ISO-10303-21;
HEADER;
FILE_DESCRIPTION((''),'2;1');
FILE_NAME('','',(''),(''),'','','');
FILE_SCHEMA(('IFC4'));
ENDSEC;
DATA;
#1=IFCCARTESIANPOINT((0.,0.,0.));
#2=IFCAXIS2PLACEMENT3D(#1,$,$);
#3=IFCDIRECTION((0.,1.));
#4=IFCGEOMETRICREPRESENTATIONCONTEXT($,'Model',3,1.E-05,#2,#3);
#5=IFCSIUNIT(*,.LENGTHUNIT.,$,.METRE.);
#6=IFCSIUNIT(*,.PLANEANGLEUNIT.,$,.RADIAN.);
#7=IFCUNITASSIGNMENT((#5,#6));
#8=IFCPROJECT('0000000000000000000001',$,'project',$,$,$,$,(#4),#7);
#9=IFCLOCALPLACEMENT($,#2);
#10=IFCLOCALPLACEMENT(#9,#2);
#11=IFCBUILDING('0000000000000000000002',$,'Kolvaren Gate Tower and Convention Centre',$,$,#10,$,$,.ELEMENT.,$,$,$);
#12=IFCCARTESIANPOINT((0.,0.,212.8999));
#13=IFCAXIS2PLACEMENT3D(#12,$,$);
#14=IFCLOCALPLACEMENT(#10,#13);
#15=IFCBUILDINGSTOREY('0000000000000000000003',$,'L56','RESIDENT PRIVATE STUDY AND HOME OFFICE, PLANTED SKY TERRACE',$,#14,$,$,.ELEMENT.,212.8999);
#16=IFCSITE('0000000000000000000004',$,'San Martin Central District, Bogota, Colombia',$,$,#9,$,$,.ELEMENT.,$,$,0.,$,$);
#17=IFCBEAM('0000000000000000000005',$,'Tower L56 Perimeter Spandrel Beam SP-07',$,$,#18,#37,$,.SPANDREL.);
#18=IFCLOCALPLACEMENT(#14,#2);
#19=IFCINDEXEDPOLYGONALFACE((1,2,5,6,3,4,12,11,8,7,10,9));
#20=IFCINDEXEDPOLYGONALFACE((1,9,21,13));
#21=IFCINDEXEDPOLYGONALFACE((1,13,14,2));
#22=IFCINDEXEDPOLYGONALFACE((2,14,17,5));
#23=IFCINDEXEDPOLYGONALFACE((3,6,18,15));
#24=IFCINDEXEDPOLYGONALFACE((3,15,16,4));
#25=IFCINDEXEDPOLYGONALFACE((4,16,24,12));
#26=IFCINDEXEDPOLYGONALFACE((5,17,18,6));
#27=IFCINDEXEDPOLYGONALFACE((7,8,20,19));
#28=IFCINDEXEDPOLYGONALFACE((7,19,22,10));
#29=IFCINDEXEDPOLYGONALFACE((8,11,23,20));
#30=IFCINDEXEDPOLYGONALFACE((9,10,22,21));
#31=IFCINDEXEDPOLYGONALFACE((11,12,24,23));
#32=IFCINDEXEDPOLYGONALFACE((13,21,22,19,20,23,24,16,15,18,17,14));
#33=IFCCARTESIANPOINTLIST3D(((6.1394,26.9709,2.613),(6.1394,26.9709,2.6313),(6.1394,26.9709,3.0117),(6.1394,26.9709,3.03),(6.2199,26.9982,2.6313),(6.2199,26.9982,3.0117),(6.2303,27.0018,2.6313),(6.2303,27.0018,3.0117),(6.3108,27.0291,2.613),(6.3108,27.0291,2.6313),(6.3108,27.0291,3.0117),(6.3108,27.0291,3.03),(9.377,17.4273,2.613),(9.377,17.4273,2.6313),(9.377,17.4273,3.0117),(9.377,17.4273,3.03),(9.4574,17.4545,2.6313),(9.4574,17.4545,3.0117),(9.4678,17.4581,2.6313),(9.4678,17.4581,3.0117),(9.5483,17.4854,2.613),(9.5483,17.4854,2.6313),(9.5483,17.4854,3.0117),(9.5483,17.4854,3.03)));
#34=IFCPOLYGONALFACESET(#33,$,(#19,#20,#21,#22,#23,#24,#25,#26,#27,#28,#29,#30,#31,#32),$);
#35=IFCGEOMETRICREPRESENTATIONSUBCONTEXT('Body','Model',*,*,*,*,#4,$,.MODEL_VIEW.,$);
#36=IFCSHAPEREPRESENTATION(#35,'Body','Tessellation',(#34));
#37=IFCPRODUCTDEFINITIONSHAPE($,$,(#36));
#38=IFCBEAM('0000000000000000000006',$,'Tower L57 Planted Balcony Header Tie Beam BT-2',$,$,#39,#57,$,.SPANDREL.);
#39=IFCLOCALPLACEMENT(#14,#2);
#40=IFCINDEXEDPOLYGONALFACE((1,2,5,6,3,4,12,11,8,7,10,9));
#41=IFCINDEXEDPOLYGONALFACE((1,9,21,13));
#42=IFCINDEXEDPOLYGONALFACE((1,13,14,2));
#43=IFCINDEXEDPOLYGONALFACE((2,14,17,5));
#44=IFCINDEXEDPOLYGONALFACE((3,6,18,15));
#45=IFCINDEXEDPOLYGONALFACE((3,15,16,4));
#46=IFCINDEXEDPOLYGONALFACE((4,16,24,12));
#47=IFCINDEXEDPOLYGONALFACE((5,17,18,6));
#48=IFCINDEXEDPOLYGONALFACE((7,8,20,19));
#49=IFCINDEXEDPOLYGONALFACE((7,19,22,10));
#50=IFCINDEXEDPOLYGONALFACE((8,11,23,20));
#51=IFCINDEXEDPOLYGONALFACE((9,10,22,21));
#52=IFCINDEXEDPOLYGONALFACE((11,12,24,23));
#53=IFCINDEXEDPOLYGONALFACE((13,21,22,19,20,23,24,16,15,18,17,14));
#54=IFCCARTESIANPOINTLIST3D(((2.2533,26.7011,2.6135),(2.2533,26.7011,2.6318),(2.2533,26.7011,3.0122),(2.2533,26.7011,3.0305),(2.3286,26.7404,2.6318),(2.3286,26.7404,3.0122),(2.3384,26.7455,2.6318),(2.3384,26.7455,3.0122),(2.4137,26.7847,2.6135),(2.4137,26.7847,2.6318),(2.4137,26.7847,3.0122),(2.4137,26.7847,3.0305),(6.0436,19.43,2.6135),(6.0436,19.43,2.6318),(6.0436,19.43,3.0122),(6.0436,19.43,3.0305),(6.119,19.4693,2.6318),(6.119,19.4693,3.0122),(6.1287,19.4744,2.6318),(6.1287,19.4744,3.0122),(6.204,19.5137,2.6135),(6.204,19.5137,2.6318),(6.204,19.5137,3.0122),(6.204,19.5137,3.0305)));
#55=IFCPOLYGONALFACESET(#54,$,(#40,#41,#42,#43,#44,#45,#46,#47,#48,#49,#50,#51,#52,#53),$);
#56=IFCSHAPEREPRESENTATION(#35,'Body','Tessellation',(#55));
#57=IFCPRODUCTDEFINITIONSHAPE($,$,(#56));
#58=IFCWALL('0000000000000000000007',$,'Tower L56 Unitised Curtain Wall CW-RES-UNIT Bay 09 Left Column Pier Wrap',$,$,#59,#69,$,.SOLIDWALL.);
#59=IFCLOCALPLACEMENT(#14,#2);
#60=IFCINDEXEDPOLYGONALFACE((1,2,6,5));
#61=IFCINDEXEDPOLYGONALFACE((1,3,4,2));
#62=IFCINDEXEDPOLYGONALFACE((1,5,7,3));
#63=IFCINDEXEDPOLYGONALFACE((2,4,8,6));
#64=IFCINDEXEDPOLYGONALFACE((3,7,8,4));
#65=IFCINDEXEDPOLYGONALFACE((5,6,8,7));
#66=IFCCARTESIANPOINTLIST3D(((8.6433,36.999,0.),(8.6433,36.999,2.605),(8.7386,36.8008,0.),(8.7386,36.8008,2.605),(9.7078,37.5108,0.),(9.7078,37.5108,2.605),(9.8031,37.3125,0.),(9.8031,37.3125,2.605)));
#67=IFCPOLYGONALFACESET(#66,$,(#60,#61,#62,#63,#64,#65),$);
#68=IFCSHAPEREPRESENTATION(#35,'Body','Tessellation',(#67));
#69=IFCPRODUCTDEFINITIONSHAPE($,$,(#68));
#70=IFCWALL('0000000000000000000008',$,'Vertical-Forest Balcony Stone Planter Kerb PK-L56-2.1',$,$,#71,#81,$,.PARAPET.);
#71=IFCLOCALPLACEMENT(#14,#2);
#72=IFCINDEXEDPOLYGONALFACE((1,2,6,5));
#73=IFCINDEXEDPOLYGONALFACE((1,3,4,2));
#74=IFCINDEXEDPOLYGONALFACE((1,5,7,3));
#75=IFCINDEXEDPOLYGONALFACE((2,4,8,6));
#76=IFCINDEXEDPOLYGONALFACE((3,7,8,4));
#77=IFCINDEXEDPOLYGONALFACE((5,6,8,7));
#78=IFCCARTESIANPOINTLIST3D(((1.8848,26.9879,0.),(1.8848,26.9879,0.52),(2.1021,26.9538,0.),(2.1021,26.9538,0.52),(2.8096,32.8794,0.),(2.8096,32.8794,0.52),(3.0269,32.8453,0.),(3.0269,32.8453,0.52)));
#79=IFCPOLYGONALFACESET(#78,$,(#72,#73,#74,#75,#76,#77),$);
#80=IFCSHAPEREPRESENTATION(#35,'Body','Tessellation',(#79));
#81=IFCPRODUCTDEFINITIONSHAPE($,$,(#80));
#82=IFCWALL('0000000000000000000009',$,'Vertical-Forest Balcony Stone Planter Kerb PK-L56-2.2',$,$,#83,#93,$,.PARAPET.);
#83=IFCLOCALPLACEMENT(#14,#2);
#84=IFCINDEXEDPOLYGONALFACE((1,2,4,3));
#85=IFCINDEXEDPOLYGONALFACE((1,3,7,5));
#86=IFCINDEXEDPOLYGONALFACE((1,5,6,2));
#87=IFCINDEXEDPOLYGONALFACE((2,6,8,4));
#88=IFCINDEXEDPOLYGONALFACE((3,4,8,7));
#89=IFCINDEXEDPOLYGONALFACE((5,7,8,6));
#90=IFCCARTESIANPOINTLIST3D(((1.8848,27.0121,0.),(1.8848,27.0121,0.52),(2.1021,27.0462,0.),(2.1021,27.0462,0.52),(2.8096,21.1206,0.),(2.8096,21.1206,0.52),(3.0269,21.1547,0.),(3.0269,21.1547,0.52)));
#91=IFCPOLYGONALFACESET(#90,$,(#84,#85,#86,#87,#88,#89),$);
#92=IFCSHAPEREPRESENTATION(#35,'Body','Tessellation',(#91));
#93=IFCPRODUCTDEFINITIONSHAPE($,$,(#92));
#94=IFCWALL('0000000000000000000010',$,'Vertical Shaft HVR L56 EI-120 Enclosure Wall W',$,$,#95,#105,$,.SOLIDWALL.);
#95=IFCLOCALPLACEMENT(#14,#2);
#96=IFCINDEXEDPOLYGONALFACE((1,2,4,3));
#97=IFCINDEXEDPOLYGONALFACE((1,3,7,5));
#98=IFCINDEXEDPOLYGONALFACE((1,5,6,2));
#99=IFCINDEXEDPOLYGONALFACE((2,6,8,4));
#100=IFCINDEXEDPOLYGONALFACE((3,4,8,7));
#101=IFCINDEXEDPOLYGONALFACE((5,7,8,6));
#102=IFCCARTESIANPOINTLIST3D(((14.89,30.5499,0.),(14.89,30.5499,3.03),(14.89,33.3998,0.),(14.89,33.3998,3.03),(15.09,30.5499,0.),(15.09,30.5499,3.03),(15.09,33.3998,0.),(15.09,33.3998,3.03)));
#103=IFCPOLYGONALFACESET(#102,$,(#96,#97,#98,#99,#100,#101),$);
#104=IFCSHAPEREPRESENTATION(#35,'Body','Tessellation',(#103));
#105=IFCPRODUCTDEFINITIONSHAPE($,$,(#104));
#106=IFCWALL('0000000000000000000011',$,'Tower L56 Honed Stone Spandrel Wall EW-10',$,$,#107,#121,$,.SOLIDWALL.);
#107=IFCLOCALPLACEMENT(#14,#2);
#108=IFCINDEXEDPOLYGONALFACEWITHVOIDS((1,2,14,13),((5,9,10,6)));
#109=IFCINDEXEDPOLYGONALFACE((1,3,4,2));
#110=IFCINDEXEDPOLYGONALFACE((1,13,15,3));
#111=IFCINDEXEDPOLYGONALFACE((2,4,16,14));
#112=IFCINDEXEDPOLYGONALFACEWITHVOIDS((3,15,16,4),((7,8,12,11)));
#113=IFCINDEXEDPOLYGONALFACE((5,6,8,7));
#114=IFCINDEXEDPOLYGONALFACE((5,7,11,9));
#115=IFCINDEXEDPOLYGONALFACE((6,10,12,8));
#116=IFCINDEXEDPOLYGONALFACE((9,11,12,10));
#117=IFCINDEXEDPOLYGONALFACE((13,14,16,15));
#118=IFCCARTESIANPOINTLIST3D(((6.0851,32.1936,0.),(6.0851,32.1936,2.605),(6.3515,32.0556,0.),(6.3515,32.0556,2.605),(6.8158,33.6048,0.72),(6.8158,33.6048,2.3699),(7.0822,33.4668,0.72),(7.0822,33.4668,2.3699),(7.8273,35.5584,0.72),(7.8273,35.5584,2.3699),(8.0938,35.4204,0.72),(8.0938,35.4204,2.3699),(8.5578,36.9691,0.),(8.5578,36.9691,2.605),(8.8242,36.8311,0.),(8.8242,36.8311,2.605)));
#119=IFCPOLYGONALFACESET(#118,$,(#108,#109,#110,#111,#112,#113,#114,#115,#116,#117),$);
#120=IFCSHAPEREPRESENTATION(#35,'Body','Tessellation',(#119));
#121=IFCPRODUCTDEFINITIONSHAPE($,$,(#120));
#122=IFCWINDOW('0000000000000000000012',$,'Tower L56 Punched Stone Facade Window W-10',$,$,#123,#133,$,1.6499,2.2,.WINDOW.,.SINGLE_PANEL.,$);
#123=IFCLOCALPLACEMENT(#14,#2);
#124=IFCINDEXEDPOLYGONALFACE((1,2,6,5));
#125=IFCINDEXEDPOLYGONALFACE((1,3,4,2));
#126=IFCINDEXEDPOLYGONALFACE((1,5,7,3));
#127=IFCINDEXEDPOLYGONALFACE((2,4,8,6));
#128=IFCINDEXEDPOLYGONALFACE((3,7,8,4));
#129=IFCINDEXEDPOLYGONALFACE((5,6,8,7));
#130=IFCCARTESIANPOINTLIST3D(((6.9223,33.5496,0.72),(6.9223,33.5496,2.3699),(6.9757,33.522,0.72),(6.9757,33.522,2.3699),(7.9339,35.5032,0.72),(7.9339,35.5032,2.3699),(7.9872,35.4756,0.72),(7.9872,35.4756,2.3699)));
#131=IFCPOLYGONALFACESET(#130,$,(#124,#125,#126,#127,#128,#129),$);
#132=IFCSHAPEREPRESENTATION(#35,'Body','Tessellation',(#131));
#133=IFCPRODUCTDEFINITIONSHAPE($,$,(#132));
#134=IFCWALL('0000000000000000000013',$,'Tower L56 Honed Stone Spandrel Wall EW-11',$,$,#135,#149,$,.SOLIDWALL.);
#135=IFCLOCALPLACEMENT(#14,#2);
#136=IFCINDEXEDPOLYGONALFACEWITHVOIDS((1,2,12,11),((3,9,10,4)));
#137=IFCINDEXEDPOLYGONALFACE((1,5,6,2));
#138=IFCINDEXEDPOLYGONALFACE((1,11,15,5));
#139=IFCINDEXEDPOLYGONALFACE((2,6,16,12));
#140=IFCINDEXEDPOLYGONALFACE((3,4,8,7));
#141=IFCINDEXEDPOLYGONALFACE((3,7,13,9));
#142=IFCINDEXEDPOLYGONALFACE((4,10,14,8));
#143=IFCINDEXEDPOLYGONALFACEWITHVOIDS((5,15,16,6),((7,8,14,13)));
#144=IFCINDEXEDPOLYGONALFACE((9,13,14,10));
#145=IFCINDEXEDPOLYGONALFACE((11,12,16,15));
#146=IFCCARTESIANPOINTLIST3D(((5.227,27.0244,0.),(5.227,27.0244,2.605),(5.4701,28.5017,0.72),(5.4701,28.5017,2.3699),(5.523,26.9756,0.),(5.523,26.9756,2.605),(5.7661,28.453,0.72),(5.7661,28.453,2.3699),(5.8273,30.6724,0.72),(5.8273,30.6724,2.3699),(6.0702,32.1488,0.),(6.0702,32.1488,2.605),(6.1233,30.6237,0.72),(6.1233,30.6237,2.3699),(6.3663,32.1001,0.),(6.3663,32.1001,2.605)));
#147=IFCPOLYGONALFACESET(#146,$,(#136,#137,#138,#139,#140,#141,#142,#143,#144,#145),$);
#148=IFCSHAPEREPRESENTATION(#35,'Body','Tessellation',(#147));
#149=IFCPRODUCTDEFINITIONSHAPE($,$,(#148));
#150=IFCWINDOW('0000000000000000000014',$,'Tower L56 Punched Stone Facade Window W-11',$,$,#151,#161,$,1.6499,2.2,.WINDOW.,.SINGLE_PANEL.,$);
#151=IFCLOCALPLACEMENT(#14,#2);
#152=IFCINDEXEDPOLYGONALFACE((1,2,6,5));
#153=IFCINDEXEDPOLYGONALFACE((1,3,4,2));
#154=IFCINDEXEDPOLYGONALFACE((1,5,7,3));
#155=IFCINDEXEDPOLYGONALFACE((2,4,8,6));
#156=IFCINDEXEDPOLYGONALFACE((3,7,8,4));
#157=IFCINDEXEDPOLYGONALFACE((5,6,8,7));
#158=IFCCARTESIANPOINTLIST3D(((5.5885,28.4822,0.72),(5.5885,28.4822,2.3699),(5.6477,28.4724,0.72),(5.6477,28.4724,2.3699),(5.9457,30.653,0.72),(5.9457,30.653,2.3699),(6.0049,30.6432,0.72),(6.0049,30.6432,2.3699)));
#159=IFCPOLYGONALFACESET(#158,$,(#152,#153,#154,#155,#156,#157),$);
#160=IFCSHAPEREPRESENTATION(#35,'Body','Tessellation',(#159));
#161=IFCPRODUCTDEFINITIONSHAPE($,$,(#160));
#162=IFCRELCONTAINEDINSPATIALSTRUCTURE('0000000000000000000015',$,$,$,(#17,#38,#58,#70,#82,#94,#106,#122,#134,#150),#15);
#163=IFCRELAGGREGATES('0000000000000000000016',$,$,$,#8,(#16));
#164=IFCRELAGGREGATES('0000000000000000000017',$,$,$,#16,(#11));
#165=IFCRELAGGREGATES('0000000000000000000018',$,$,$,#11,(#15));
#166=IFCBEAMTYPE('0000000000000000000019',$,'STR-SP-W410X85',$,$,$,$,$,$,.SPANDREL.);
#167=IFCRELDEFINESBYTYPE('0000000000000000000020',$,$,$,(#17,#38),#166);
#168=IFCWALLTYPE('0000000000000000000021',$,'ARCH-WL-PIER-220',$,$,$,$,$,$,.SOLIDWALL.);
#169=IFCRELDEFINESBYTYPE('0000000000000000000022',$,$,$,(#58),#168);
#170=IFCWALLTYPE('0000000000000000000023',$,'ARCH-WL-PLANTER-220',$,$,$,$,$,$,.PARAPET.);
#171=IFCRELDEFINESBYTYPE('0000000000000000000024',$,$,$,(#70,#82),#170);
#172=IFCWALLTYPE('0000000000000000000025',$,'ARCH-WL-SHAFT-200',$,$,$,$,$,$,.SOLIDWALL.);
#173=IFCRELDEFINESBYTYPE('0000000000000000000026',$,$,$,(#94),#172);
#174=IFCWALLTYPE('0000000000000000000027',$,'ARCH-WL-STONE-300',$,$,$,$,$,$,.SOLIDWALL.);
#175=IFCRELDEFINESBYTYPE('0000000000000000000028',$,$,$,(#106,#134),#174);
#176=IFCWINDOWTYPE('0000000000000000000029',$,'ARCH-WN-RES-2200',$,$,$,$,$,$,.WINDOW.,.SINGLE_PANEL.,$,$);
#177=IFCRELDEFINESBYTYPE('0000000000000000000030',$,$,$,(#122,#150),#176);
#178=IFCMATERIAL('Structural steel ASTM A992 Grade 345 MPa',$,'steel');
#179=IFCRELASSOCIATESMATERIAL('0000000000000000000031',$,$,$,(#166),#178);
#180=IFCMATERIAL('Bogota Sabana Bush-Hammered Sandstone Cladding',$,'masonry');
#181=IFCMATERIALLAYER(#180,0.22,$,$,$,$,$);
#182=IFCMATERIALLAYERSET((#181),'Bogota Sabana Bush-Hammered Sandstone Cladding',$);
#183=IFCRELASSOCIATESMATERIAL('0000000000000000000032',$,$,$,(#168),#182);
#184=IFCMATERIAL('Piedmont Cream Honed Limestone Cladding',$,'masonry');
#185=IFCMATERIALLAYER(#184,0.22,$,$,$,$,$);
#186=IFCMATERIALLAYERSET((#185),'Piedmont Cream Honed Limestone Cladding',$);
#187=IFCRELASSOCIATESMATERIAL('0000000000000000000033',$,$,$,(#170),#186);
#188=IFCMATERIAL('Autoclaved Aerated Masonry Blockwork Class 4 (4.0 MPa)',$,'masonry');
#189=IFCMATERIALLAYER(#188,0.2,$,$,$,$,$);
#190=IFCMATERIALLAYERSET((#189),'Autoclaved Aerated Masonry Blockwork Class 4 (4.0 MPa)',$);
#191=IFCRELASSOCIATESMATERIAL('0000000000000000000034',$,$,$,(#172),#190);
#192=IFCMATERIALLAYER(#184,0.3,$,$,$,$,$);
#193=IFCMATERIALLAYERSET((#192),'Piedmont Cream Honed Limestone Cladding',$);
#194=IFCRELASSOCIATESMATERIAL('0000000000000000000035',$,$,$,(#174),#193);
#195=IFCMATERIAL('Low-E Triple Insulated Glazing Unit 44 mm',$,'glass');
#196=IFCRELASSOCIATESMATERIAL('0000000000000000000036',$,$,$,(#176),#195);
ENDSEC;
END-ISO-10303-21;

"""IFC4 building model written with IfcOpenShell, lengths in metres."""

from ifc_helpers import new_model, si_unit, direction, frame, frame_2d, origin, origin_2d, place, context, subcontext, project, spatial, rectangle, i_section, extrude, material, layer, layer_set, material_profile, profile_set, type_object, element, fill, save


model = new_model("IFC4")

# Units and contexts
model_context = context("Model", 3, precision=1e-05, world=origin(), true_north=direction((0.0, 1.0)))
body_context = subcontext(model_context, "Body", "Model", "MODEL_VIEW")
ifc_project = project(units=[si_unit("LENGTHUNIT", "METRE"), si_unit("PLANEANGLEUNIT", "RADIAN")], contexts=[model_context])

# Site, building, storey
site_placement = place(None, origin())
site = spatial("IfcSite", under=ifc_project, at=site_placement, Name="San Martin Central District, Bogota, Colombia", CompositionType="ELEMENT", RefElevation=0.0)
building_placement = place(site_placement, origin())
building = spatial("IfcBuilding", under=site, at=building_placement, Name="Kolvaren Gate Tower and Convention Centre", CompositionType="ELEMENT")
storey_placement = place(building_placement, frame((0.0, 0.0, 212.8999)))
storey = spatial("IfcBuildingStorey", under=building, at=storey_placement, Name="L56", Description="RESIDENT PRIVATE STUDY AND HOME OFFICE, PLANTED SKY TERRACE", CompositionType="ELEMENT", Elevation=212.8999)

# Beams
ifc_material_1 = material(Name="Structural steel ASTM A992 Grade 345 MPa", Category="steel")
ifc_material_profile_1 = material_profile(ifc_material_1, i_section(OverallWidth=0.1809, OverallDepth=0.417, WebThickness=0.011, FlangeThickness=0.0183, at=origin_2d()), Name="W410X85")
ifc_profile_set_1 = profile_set([ifc_material_profile_1], Name="Structural steel ASTM A992 Grade 345 MPa")
beam_type_1 = type_object("IfcBeamType", Name="STR-SP-W410X85", PredefinedType="SPANDREL", material=ifc_profile_set_1)
for number, where, z_axis, x_axis, name in (
    (1, (6.2251, 27.0, 2.8215), (0.321253, -0.946994, 0.0), (0.946994, 0.321253, 0.0), "Tower L56 Perimeter Spandrel Beam SP-07"),
):
    element("IfcBeam", number, at=place(storey_placement, frame(where, z_axis=z_axis, x_axis=x_axis)), inside=storey, type_object=beam_type_1, Name=name, PredefinedType="SPANDREL", context=body_context, shape_type="SweptSolid", body=[
        extrude(i_section(OverallWidth=0.1809, OverallDepth=0.417, WebThickness=0.011, FlangeThickness=0.0183, at=origin_2d()), origin(), (0.0, 0.0, 1.0), 10.0779),
    ])
beam_1_placement = place(storey_placement, frame((2.3335, 26.7429, 2.822), z_axis=(0.462252, -0.886749, 0.0), x_axis=(0.886749, 0.462252, 0.0)))
element("IfcBeam", 2, at=beam_1_placement, inside=storey, type_object=beam_type_1, Name="Tower L57 Planted Balcony Header Tie Beam BT-2", PredefinedType="SPANDREL", context=body_context, shape_type="SweptSolid", body=[
    extrude(i_section(OverallWidth=0.1809, OverallDepth=0.417, WebThickness=0.011, FlangeThickness=0.0183, at=origin_2d()), origin(), (0.0, 0.0, 1.0), 8.1997),
])

# Walls
ifc_material_2 = material(Name="Bogota Sabana Bush-Hammered Sandstone Cladding", Category="masonry")
ifc_layer_1 = layer(ifc_material_2, 0.22)
ifc_layer_set_1 = layer_set([ifc_layer_1], Name="Bogota Sabana Bush-Hammered Sandstone Cladding")
wall_type_1 = type_object("IfcWallType", Name="ARCH-WL-PIER-220", PredefinedType="SOLIDWALL", material=ifc_layer_set_1)
wall_1_placement = place(storey_placement, frame((8.6909, 36.8999, 0.0), z_axis=(0.0, 0.0, 1.0), x_axis=(0.901265, 0.433269, 0.0)))
element("IfcWall", 3, at=wall_1_placement, inside=storey, type_object=wall_type_1, Name="Tower L56 Unitised Curtain Wall CW-RES-UNIT Bay 09 Left Column Pier Wrap", PredefinedType="SOLIDWALL", context=body_context, shape_type="SweptSolid", body=[
    extrude(rectangle(XDim=1.1812, YDim=0.22, at=frame_2d((0.5906, 0.0))), origin(), (0.0, 0.0, 1.0), 2.605),
])
ifc_material_3 = material(Name="Piedmont Cream Honed Limestone Cladding", Category="masonry")
ifc_layer_2 = layer(ifc_material_3, 0.22)
ifc_layer_set_2 = layer_set([ifc_layer_2], Name="Piedmont Cream Honed Limestone Cladding")
wall_type_2 = type_object("IfcWallType", Name="ARCH-WL-PLANTER-220", PredefinedType="PARAPET", material=ifc_layer_set_2)
for number, where, z_axis, x_axis, name in (
    (4, (1.9934, 26.9707, 0.0), (0.0, 0.0, 1.0), (0.155071, 0.987903, 0.0), "Vertical-Forest Balcony Stone Planter Kerb PK-L56-2.1"),
    (5, (1.9934, 27.0293, 0.0), (0.0, 0.0, 1.0), (0.155071, -0.987903, 0.0), "Vertical-Forest Balcony Stone Planter Kerb PK-L56-2.2"),
):
    element("IfcWall", number, at=place(storey_placement, frame(where, z_axis=z_axis, x_axis=x_axis)), inside=storey, type_object=wall_type_2, Name=name, PredefinedType="PARAPET", context=body_context, shape_type="SweptSolid", body=[
        extrude(rectangle(XDim=5.9636, YDim=0.22, at=frame_2d((2.9819, 0.0))), origin(), (0.0, 0.0, 1.0), 0.52),
    ])
ifc_material_4 = material(Name="Autoclaved Aerated Masonry Blockwork Class 4 (4.0 MPa)", Category="masonry")
ifc_layer_3 = layer(ifc_material_4, 0.2)
ifc_layer_set_3 = layer_set([ifc_layer_3], Name="Autoclaved Aerated Masonry Blockwork Class 4 (4.0 MPa)")
wall_type_3 = type_object("IfcWallType", Name="ARCH-WL-SHAFT-200", PredefinedType="SOLIDWALL", material=ifc_layer_set_3)
wall_2_placement = place(storey_placement, frame((14.99, 30.55, 0.0), z_axis=(0.0, 0.0, 1.0), x_axis=(0.0, 1.0, 0.0)))
element("IfcWall", 6, at=wall_2_placement, inside=storey, type_object=wall_type_3, Name="Vertical Shaft HVR L56 EI-120 Enclosure Wall W", PredefinedType="SOLIDWALL", context=body_context, shape_type="SweptSolid", body=[
    extrude(rectangle(XDim=2.8499, YDim=0.2, at=frame_2d((1.4248, 0.0))), origin(), (0.0, 0.0, 1.0), 3.03),
])

# Walls, openings, windows
ifc_layer_4 = layer(ifc_material_3, 0.3)
ifc_layer_set_4 = layer_set([ifc_layer_4], Name="Piedmont Cream Honed Limestone Cladding")
wall_type_4 = type_object("IfcWallType", Name="ARCH-WL-STONE-300", PredefinedType="SOLIDWALL", material=ifc_layer_set_4)
wall_3_placement = place(storey_placement, frame((6.2183, 32.1245, 0.0), z_axis=(0.0, 0.0, 1.0), x_axis=(0.459808, 0.888018, 0.0)))
wall_3 = element("IfcWall", 7, at=wall_3_placement, inside=storey, type_object=wall_type_4, Name="Tower L56 Honed Stone Spandrel Wall EW-10", PredefinedType="SOLIDWALL", context=body_context, shape_type="SweptSolid", body=[
    extrude(rectangle(XDim=5.3777, YDim=0.3, at=frame_2d((2.689, 0.0))), origin(), (0.0, 0.0, 1.0), 2.605),
])
opening_1_placement = place(wall_3_placement, frame((1.5891, 0.0, 0.72)))
opening_1 = element("IfcOpeningElement", 8, at=opening_1_placement, cuts=wall_3, PredefinedType="OPENING", context=body_context, shape_type="SweptSolid", body=[
    extrude(rectangle(XDim=2.2, YDim=1.6499, at=frame_2d((1.1001, 0.825))), frame((0.0, 0.1599, 0.0), z_axis=(0.0, -1.0, 0.0), x_axis=(1.0, 0.0, 0.0)), (0.0, 0.0, 1.0), 0.3201),
])
ifc_material_5 = material(Name="Low-E Triple Insulated Glazing Unit 44 mm", Category="glass")
window_type = type_object("IfcWindowType", Name="ARCH-WN-RES-2200", PartitioningType="SINGLE_PANEL", PredefinedType="WINDOW", material=ifc_material_5)
window_1_placement = place(opening_1_placement, origin())
window_1 = element("IfcWindow", 9, at=window_1_placement, inside=storey, type_object=window_type, Name="Tower L56 Punched Stone Facade Window W-10", OverallHeight=1.6499, OverallWidth=2.2, PartitioningType="SINGLE_PANEL", PredefinedType="WINDOW", context=body_context, shape_type="SweptSolid", body=[
    extrude(rectangle(XDim=2.2, YDim=1.6499, at=frame_2d((1.1001, 0.825))), frame((0.0, 0.03, 0.0), z_axis=(0.0, -1.0, 0.0), x_axis=(1.0, 0.0, 0.0)), (0.0, 0.0, 1.0), 0.0601),
])
fill(opening_1, window_1)
wall_4_placement = place(storey_placement, frame((5.375, 27.0, 0.0), z_axis=(0.0, 0.0, 1.0), x_axis=(0.162371, 0.98673, 0.0)))
wall_4 = element("IfcWall", 10, at=wall_4_placement, inside=storey, type_object=wall_type_4, Name="Tower L56 Honed Stone Spandrel Wall EW-11", PredefinedType="SOLIDWALL", context=body_context, shape_type="SweptSolid", body=[
    extrude(rectangle(XDim=5.1934, YDim=0.3, at=frame_2d((2.5967, 0.0))), origin(), (0.0, 0.0, 1.0), 2.605),
])
opening_2_placement = place(wall_4_placement, frame((1.4971, 0.0, 0.72)))
opening_2 = element("IfcOpeningElement", 11, at=opening_2_placement, cuts=wall_4, PredefinedType="OPENING", context=body_context, shape_type="SweptSolid", body=[
    extrude(rectangle(XDim=2.2, YDim=1.6499, at=frame_2d((1.1001, 0.825))), frame((0.0, 0.1599, 0.0), z_axis=(0.0, -1.0, 0.0), x_axis=(1.0, 0.0, 0.0)), (0.0, 0.0, 1.0), 0.3201),
])
window_2_placement = place(opening_2_placement, origin())
window_2 = element("IfcWindow", 12, at=window_2_placement, inside=storey, type_object=window_type, Name="Tower L56 Punched Stone Facade Window W-11", OverallHeight=1.6499, OverallWidth=2.2, PartitioningType="SINGLE_PANEL", PredefinedType="WINDOW", context=body_context, shape_type="SweptSolid", body=[
    extrude(rectangle(XDim=2.2, YDim=1.6499, at=frame_2d((1.1001, 0.825))), frame((0.0, 0.03, 0.0), z_axis=(0.0, -1.0, 0.0), x_axis=(1.0, 0.0, 0.0)), (0.0, 0.0, 1.0), 0.0601),
])
fill(opening_2, window_2)

save(model, "model.ifc")
